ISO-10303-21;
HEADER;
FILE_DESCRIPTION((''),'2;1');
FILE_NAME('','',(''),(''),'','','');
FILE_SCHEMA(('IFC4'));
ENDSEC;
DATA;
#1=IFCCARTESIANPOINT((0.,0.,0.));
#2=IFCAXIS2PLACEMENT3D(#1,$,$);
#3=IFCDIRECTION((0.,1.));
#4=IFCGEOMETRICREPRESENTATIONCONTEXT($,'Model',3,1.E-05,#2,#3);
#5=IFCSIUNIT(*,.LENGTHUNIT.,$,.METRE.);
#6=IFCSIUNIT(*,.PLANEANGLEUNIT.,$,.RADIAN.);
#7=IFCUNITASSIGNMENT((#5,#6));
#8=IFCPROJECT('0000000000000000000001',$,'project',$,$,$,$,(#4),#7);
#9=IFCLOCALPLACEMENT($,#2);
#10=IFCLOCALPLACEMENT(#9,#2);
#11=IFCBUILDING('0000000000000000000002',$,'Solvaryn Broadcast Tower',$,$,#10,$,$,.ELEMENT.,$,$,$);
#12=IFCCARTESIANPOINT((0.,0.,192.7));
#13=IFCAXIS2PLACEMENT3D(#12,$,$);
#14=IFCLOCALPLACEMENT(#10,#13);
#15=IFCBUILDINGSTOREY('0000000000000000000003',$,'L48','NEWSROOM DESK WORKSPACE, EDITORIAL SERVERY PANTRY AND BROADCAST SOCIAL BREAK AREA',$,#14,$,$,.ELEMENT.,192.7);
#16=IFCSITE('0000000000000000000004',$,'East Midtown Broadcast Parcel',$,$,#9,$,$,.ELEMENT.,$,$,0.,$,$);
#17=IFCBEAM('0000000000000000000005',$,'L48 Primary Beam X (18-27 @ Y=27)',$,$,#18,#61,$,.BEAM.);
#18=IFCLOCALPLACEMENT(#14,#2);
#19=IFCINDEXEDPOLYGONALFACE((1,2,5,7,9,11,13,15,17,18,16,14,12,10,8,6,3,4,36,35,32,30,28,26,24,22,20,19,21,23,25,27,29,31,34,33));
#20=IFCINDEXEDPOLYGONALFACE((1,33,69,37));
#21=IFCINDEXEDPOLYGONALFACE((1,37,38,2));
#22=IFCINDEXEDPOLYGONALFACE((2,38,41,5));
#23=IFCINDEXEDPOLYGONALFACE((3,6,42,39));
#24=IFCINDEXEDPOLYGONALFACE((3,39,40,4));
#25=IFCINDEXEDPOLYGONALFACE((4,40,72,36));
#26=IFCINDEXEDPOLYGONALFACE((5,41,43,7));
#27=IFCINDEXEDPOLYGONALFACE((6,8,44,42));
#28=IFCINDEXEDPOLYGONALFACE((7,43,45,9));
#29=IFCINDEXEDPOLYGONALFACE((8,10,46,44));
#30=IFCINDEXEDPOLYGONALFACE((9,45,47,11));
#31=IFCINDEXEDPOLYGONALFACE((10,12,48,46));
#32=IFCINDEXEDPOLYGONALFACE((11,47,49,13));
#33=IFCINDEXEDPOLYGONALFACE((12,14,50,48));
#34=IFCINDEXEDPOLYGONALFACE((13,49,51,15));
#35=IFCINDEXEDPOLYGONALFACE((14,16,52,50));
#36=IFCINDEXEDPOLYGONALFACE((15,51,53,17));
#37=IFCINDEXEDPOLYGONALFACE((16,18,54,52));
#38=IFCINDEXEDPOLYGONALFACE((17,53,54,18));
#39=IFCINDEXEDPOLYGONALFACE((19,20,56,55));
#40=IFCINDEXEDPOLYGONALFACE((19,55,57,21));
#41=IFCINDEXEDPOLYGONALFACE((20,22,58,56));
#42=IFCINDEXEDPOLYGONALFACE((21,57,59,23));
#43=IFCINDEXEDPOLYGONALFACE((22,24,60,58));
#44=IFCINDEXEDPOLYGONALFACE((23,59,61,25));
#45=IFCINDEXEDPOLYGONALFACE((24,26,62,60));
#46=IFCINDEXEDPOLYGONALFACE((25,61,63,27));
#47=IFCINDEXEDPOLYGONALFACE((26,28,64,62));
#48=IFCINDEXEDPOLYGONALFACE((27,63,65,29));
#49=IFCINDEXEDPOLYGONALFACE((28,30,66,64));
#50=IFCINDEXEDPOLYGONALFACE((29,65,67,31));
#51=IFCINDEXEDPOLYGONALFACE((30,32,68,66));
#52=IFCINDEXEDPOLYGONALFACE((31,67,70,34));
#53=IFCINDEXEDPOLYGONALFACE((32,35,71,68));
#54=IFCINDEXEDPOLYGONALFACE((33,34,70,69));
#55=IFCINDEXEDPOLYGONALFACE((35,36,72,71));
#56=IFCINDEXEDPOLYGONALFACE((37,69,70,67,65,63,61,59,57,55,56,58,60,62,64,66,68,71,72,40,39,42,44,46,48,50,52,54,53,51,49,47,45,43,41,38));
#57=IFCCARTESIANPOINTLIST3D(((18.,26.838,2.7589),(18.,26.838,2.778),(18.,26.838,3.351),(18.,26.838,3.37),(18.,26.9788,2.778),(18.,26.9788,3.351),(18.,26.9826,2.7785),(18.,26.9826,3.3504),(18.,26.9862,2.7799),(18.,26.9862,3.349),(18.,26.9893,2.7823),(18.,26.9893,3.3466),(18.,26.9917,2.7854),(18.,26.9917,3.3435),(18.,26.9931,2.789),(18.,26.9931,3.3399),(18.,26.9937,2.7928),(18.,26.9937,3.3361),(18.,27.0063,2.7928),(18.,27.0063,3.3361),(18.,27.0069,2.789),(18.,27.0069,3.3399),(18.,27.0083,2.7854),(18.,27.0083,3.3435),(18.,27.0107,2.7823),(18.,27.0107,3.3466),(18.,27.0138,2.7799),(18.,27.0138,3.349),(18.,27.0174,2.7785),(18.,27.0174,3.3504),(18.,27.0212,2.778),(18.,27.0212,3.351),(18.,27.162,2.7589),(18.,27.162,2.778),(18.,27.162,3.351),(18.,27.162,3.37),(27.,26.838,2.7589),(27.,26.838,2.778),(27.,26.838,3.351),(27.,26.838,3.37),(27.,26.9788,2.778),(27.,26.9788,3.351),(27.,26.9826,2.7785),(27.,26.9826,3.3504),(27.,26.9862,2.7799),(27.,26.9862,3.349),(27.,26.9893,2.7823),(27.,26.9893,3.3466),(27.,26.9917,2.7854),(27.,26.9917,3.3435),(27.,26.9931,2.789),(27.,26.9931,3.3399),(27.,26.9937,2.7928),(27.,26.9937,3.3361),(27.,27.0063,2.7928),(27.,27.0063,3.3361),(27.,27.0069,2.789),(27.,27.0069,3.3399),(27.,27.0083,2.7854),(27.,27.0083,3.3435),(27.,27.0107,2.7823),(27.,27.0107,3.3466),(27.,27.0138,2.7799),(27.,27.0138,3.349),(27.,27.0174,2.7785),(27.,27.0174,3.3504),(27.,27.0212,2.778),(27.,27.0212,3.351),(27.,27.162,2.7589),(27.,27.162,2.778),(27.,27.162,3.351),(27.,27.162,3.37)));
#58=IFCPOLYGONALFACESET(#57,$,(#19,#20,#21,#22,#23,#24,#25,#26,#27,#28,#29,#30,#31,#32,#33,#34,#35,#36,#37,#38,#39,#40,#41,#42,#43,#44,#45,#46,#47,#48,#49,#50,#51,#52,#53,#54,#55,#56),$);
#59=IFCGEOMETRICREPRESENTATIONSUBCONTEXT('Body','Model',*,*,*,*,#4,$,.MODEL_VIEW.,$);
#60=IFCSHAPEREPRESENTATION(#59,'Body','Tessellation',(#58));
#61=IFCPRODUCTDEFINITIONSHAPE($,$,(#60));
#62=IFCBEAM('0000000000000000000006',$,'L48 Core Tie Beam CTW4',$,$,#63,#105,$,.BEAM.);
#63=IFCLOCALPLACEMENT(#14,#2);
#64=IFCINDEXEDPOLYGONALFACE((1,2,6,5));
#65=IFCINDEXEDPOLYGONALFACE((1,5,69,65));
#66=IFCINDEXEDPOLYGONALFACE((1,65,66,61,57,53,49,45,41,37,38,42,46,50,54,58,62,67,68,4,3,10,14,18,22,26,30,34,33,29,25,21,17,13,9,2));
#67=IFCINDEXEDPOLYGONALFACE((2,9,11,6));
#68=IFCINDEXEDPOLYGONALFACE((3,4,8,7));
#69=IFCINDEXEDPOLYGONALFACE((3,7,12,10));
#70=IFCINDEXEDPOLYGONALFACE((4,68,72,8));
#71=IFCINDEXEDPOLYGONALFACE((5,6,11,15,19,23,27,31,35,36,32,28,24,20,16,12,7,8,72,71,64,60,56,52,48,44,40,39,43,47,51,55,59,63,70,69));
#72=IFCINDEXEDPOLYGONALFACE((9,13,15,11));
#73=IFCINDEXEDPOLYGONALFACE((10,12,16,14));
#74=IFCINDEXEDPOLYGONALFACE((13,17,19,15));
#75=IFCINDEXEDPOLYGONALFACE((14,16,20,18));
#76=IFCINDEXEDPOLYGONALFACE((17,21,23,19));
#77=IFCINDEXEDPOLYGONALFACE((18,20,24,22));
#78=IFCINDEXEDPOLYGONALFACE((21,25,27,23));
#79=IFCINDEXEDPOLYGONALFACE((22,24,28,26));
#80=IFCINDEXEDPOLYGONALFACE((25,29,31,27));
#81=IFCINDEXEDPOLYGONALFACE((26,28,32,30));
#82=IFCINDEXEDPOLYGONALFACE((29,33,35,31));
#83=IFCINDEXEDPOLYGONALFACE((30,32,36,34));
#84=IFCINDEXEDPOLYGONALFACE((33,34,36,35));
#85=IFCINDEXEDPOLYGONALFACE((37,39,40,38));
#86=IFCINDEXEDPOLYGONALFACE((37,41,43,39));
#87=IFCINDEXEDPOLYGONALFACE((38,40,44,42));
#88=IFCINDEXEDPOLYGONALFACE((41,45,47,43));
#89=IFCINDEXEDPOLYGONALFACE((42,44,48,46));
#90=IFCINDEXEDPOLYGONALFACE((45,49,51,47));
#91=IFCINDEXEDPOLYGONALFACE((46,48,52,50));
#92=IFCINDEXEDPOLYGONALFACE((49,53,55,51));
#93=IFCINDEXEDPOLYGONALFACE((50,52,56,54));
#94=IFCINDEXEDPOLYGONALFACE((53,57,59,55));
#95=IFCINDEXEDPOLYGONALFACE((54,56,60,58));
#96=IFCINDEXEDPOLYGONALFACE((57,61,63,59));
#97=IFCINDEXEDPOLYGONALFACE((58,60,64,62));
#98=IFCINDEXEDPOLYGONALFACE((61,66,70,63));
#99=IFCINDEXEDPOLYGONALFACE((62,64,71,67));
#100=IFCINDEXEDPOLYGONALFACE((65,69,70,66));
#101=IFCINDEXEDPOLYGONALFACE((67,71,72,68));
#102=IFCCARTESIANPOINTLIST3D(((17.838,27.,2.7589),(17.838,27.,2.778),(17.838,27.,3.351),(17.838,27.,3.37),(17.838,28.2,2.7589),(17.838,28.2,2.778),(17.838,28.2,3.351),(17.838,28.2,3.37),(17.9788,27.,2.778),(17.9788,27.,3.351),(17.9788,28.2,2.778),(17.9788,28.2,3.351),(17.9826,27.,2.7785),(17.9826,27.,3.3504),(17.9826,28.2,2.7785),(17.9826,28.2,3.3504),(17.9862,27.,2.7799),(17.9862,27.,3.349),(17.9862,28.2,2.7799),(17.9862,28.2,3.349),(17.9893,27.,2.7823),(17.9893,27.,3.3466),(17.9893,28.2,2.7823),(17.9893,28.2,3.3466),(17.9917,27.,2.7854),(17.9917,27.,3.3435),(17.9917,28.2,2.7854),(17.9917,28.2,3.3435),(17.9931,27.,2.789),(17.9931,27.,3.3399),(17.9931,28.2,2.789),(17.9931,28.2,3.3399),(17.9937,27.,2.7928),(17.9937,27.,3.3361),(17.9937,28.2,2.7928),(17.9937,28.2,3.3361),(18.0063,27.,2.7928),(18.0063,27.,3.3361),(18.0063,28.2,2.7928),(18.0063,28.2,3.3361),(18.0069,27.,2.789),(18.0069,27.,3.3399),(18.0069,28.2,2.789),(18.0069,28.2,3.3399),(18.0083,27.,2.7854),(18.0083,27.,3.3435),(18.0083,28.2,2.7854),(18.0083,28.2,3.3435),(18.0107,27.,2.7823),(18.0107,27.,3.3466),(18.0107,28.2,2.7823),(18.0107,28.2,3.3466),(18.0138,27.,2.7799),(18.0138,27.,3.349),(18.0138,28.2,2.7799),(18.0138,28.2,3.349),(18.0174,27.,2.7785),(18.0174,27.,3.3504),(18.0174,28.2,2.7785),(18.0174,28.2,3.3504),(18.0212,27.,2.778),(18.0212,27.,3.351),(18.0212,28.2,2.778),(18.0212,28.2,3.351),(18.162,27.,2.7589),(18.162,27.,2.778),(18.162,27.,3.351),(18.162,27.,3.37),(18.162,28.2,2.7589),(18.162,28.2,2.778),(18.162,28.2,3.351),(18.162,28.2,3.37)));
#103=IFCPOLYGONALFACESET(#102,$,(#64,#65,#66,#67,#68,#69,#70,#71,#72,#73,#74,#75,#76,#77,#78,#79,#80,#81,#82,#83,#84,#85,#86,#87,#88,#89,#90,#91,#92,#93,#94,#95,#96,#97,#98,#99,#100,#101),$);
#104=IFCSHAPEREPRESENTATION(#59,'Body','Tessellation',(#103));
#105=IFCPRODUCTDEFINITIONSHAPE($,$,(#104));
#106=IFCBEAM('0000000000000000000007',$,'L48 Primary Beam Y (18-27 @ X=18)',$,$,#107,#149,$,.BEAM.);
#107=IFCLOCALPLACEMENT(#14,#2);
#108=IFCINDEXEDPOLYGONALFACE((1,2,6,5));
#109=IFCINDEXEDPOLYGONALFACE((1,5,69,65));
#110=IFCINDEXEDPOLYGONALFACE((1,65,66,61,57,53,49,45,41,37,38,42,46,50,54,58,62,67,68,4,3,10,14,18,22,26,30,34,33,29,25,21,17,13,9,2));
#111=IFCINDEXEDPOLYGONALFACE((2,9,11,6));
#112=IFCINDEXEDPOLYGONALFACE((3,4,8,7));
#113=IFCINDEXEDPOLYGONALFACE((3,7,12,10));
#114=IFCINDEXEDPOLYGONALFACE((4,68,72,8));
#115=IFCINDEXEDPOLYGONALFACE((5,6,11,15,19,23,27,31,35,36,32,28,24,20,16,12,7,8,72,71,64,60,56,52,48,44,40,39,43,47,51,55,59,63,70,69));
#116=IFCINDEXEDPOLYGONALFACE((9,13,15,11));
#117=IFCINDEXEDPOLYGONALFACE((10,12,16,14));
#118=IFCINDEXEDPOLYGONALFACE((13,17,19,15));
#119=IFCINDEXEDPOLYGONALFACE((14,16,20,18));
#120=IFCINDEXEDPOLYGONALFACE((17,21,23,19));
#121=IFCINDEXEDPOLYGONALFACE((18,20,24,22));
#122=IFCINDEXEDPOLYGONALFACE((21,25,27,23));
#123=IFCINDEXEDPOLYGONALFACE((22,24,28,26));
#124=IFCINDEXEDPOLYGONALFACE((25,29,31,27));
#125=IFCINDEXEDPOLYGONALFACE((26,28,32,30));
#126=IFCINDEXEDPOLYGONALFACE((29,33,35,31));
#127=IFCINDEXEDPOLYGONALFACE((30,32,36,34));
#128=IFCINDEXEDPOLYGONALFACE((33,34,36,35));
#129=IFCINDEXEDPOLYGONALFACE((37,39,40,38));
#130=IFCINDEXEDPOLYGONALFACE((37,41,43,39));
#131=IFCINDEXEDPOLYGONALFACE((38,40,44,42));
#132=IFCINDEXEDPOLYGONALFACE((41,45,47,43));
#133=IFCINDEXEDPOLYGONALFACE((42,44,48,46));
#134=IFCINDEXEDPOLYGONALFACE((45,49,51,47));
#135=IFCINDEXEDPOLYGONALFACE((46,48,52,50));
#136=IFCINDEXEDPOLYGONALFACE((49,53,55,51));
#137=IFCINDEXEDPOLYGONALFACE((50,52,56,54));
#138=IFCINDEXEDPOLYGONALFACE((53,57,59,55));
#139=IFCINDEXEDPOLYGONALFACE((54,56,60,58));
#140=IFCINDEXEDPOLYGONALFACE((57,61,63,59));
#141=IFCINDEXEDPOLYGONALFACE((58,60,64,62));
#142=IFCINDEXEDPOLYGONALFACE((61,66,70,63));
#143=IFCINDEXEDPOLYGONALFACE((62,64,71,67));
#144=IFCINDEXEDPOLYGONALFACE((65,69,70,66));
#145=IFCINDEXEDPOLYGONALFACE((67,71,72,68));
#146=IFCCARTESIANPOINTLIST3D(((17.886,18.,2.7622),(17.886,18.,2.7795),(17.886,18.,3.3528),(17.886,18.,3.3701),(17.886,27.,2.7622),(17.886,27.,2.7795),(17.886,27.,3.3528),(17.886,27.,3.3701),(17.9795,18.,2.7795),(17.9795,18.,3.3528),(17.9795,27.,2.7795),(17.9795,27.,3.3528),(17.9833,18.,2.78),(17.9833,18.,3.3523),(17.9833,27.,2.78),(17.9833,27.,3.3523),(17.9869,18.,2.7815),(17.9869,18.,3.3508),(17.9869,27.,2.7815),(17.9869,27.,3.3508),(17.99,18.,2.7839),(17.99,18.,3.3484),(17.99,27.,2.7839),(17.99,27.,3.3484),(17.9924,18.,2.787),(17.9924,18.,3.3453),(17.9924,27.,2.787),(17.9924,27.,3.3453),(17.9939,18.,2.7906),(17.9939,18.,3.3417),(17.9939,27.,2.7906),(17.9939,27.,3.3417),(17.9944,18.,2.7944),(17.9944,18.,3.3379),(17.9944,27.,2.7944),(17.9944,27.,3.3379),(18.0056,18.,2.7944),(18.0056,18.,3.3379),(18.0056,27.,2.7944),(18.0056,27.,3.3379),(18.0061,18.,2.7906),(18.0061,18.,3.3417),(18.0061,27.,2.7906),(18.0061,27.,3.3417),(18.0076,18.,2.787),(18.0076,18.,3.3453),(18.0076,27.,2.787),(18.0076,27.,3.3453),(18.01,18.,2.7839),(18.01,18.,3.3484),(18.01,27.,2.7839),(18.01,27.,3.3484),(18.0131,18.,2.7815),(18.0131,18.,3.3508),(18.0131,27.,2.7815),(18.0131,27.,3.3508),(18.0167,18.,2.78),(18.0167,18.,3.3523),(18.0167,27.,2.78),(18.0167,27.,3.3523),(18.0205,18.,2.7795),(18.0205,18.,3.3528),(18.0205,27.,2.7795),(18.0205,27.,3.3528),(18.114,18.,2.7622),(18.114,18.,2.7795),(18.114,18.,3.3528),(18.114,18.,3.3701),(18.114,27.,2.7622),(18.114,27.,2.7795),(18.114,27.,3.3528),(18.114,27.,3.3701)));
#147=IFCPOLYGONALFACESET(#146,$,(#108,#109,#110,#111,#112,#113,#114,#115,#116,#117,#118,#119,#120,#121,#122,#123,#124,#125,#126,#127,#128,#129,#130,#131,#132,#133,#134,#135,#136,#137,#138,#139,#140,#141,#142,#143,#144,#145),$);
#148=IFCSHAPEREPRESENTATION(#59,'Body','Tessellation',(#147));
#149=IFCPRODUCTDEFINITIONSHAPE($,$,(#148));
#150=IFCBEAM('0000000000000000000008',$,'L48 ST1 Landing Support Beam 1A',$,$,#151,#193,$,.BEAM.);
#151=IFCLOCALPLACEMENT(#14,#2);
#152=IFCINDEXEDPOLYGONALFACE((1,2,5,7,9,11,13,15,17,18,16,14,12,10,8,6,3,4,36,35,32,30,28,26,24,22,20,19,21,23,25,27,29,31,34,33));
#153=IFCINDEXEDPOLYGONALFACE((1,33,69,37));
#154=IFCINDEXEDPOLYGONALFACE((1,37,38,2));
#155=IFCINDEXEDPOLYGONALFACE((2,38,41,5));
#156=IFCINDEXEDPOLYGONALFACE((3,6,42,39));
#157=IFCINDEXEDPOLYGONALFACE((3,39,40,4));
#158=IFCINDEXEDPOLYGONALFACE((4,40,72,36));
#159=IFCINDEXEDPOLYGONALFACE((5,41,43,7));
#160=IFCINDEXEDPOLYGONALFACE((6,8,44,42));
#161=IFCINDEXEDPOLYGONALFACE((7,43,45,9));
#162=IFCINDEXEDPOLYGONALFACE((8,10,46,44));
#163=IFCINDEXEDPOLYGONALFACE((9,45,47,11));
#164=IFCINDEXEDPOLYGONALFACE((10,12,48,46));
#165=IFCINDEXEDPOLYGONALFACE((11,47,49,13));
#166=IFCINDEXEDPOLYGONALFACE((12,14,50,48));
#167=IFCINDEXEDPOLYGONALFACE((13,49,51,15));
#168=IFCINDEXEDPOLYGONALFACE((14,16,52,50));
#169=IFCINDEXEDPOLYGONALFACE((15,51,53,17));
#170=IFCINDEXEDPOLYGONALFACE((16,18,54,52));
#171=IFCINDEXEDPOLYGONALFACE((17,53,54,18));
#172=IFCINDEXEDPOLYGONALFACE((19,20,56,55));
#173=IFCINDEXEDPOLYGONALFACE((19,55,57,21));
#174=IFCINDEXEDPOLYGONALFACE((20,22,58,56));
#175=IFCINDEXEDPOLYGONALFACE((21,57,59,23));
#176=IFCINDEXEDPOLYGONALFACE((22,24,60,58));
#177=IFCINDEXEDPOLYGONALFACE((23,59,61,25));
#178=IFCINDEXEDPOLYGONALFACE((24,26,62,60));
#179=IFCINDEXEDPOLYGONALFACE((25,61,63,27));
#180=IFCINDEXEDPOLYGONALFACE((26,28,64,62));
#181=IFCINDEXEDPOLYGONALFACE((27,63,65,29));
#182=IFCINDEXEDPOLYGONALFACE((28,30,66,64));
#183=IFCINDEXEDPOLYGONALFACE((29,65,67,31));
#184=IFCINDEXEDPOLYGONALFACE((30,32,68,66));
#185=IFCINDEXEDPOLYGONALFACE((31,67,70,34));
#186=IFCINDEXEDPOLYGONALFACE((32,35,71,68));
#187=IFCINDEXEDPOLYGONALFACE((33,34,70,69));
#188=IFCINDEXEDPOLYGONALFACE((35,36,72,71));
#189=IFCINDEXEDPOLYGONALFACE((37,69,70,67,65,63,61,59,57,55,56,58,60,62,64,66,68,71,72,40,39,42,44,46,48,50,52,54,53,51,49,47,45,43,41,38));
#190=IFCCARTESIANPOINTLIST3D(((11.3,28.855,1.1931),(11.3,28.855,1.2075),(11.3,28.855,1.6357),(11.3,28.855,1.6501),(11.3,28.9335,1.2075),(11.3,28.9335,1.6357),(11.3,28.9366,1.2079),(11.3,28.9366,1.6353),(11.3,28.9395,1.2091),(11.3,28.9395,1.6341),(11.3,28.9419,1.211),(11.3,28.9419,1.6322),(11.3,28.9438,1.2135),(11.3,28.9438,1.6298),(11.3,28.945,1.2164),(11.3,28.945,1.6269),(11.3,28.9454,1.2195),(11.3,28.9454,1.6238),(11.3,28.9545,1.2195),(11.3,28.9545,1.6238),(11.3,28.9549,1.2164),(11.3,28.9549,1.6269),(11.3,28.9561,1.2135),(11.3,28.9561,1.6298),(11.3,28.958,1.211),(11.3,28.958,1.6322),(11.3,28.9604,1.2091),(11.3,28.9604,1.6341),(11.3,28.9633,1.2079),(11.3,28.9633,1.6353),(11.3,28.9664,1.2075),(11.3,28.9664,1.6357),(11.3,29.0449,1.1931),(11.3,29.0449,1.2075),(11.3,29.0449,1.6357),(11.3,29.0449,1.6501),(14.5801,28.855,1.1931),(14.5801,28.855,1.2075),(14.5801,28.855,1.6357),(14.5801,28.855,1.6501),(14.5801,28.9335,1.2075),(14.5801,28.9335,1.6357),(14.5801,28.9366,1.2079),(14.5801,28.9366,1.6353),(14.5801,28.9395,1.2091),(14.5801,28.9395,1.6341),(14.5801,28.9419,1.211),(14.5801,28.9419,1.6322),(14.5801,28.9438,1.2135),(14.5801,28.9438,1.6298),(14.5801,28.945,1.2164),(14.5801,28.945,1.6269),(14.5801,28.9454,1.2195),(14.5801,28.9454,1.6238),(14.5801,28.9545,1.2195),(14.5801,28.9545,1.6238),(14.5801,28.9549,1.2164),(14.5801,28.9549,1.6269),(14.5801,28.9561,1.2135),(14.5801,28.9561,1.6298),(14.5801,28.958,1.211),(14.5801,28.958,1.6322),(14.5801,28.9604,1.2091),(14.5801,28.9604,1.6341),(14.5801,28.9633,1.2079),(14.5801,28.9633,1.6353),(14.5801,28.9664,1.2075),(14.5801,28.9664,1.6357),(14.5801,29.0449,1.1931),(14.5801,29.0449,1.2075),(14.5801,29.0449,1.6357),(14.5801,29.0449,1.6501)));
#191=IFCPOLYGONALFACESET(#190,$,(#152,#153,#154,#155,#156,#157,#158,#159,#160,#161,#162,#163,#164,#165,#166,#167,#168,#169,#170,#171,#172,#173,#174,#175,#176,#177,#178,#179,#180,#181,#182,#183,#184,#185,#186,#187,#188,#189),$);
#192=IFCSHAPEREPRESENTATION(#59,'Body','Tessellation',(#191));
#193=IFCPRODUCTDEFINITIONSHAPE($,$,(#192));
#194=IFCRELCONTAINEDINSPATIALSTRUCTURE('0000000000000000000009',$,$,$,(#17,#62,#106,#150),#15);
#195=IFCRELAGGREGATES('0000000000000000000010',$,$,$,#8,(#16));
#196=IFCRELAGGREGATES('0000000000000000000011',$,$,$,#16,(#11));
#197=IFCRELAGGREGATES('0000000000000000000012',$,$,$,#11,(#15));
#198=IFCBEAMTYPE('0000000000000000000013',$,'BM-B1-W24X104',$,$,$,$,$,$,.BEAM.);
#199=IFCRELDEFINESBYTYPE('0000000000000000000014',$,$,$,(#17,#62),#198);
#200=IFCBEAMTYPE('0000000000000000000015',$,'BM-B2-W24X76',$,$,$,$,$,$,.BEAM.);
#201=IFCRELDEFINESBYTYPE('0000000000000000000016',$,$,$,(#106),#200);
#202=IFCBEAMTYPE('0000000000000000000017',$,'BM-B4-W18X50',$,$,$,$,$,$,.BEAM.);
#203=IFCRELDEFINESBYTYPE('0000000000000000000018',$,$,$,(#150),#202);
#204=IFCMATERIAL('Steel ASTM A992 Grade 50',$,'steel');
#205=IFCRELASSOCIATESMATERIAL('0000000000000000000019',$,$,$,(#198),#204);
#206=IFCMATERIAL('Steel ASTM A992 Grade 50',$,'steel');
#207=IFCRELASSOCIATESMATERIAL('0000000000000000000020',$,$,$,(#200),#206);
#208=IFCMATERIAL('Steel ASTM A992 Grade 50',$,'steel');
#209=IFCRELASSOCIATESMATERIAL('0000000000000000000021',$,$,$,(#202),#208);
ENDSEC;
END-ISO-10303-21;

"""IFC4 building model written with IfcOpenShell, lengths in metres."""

from ifc_helpers import new_model, si_unit, direction, frame, origin, origin_2d, place, context, subcontext, project, spatial, i_section, extrude, material, material_profile, profile_set, type_object, element, save


model = new_model("IFC4")

# Units and contexts
model_context = context("Model", 3, precision=1e-05, world=origin(), true_north=direction((0.0, 1.0)))
body_context = subcontext(model_context, "Body", "Model", "MODEL_VIEW")
ifc_project = project(units=[si_unit("LENGTHUNIT", "METRE"), si_unit("PLANEANGLEUNIT", "RADIAN")], contexts=[model_context])

# Site, building, storey
site_placement = place(None, origin())
site = spatial("IfcSite", under=ifc_project, at=site_placement, Name="East Midtown Broadcast Parcel", CompositionType="ELEMENT", RefElevation=0.0)
building_placement = place(site_placement, origin())
building = spatial("IfcBuilding", under=site, at=building_placement, Name="Solvaryn Broadcast Tower", CompositionType="ELEMENT")
storey_placement = place(building_placement, frame((0.0, 0.0, 192.7)))
storey = spatial("IfcBuildingStorey", under=building, at=storey_placement, Name="L48", Description="NEWSROOM DESK WORKSPACE, EDITORIAL SERVERY PANTRY AND BROADCAST SOCIAL BREAK AREA", CompositionType="ELEMENT", Elevation=192.7)

# Beams
ifc_material_1 = material(Name="Steel ASTM A992 Grade 50", Category="steel")
ifc_material_profile_1 = material_profile(ifc_material_1, i_section(OverallWidth=0.324, OverallDepth=0.6111, WebThickness=0.0127, FlangeThickness=0.019, FilletRadius=0.0149, at=origin_2d()))
ifc_profile_set_1 = profile_set([ifc_material_profile_1], Name="Steel ASTM A992 Grade 50")
beam_type_1 = type_object("IfcBeamType", Name="BM-B1-W24X104", PredefinedType="BEAM", material=ifc_profile_set_1)
for number, where, z_axis, x_axis, name in (
    (1, (18.0, 27.0, 3.0645), (1.0, 0.0, 0.0), (0.0, 1.0, 0.0), "L48 Primary Beam X (18-27 @ Y=27)"),
):
    element("IfcBeam", number, at=place(storey_placement, frame(where, z_axis=z_axis, x_axis=x_axis)), inside=storey, type_object=beam_type_1, Name=name, PredefinedType="BEAM", context=body_context, shape_type="SweptSolid", body=[
        extrude(i_section(OverallWidth=0.324, OverallDepth=0.6111, WebThickness=0.0127, FlangeThickness=0.019, FilletRadius=0.0149, at=origin_2d()), origin(), (0.0, 0.0, 1.0), 9.0),
    ])
beam_1_placement = place(storey_placement, frame((18.0, 27.0, 3.0645), z_axis=(0.0, 1.0, 0.0), x_axis=(-1.0, 0.0, 0.0)))
element("IfcBeam", 2, at=beam_1_placement, inside=storey, type_object=beam_type_1, Name="L48 Core Tie Beam CTW4", PredefinedType="BEAM", context=body_context, shape_type="SweptSolid", body=[
    extrude(i_section(OverallWidth=0.324, OverallDepth=0.6111, WebThickness=0.0127, FlangeThickness=0.019, FilletRadius=0.0149, at=origin_2d()), origin(), (0.0, 0.0, 1.0), 1.2),
])
ifc_material_2 = material(Name="Steel ASTM A992 Grade 50", Category="steel")
ifc_material_profile_2 = material_profile(ifc_material_2, i_section(OverallWidth=0.228, OverallDepth=0.6079, WebThickness=0.0112, FlangeThickness=0.0173, FilletRadius=0.0149, at=origin_2d()))
ifc_profile_set_2 = profile_set([ifc_material_profile_2], Name="Steel ASTM A992 Grade 50")
beam_type_2 = type_object("IfcBeamType", Name="BM-B2-W24X76", PredefinedType="BEAM", material=ifc_profile_set_2)
beam_2_placement = place(storey_placement, frame((18.0, 18.0, 3.0662), z_axis=(0.0, 1.0, 0.0), x_axis=(-1.0, 0.0, 0.0)))
element("IfcBeam", 3, at=beam_2_placement, inside=storey, type_object=beam_type_2, Name="L48 Primary Beam Y (18-27 @ X=18)", PredefinedType="BEAM", context=body_context, shape_type="SweptSolid", body=[
    extrude(i_section(OverallWidth=0.228, OverallDepth=0.6079, WebThickness=0.0112, FlangeThickness=0.0173, FilletRadius=0.0149, at=origin_2d()), origin(), (0.0, 0.0, 1.0), 9.0),
])
ifc_material_3 = material(Name="Steel ASTM A992 Grade 50", Category="steel")
ifc_material_profile_3 = material_profile(ifc_material_3, i_section(OverallWidth=0.1899, OverallDepth=0.457, WebThickness=0.009, FlangeThickness=0.0144, FilletRadius=0.012, at=origin_2d()))
ifc_profile_set_3 = profile_set([ifc_material_profile_3], Name="Steel ASTM A992 Grade 50")
beam_type_3 = type_object("IfcBeamType", Name="BM-B4-W18X50", PredefinedType="BEAM", material=ifc_profile_set_3)
beam_3_placement = place(storey_placement, frame((11.3, 28.95, 1.4216), z_axis=(1.0, 0.0, 0.0), x_axis=(0.0, 1.0, 0.0)))
element("IfcBeam", 4, at=beam_3_placement, inside=storey, type_object=beam_type_3, Name="L48 ST1 Landing Support Beam 1A", PredefinedType="BEAM", context=body_context, shape_type="SweptSolid", body=[
    extrude(i_section(OverallWidth=0.1899, OverallDepth=0.457, WebThickness=0.009, FlangeThickness=0.0144, FilletRadius=0.012, at=origin_2d()), origin(), (0.0, 0.0, 1.0), 3.28),
])

save(model, "model.ifc")
